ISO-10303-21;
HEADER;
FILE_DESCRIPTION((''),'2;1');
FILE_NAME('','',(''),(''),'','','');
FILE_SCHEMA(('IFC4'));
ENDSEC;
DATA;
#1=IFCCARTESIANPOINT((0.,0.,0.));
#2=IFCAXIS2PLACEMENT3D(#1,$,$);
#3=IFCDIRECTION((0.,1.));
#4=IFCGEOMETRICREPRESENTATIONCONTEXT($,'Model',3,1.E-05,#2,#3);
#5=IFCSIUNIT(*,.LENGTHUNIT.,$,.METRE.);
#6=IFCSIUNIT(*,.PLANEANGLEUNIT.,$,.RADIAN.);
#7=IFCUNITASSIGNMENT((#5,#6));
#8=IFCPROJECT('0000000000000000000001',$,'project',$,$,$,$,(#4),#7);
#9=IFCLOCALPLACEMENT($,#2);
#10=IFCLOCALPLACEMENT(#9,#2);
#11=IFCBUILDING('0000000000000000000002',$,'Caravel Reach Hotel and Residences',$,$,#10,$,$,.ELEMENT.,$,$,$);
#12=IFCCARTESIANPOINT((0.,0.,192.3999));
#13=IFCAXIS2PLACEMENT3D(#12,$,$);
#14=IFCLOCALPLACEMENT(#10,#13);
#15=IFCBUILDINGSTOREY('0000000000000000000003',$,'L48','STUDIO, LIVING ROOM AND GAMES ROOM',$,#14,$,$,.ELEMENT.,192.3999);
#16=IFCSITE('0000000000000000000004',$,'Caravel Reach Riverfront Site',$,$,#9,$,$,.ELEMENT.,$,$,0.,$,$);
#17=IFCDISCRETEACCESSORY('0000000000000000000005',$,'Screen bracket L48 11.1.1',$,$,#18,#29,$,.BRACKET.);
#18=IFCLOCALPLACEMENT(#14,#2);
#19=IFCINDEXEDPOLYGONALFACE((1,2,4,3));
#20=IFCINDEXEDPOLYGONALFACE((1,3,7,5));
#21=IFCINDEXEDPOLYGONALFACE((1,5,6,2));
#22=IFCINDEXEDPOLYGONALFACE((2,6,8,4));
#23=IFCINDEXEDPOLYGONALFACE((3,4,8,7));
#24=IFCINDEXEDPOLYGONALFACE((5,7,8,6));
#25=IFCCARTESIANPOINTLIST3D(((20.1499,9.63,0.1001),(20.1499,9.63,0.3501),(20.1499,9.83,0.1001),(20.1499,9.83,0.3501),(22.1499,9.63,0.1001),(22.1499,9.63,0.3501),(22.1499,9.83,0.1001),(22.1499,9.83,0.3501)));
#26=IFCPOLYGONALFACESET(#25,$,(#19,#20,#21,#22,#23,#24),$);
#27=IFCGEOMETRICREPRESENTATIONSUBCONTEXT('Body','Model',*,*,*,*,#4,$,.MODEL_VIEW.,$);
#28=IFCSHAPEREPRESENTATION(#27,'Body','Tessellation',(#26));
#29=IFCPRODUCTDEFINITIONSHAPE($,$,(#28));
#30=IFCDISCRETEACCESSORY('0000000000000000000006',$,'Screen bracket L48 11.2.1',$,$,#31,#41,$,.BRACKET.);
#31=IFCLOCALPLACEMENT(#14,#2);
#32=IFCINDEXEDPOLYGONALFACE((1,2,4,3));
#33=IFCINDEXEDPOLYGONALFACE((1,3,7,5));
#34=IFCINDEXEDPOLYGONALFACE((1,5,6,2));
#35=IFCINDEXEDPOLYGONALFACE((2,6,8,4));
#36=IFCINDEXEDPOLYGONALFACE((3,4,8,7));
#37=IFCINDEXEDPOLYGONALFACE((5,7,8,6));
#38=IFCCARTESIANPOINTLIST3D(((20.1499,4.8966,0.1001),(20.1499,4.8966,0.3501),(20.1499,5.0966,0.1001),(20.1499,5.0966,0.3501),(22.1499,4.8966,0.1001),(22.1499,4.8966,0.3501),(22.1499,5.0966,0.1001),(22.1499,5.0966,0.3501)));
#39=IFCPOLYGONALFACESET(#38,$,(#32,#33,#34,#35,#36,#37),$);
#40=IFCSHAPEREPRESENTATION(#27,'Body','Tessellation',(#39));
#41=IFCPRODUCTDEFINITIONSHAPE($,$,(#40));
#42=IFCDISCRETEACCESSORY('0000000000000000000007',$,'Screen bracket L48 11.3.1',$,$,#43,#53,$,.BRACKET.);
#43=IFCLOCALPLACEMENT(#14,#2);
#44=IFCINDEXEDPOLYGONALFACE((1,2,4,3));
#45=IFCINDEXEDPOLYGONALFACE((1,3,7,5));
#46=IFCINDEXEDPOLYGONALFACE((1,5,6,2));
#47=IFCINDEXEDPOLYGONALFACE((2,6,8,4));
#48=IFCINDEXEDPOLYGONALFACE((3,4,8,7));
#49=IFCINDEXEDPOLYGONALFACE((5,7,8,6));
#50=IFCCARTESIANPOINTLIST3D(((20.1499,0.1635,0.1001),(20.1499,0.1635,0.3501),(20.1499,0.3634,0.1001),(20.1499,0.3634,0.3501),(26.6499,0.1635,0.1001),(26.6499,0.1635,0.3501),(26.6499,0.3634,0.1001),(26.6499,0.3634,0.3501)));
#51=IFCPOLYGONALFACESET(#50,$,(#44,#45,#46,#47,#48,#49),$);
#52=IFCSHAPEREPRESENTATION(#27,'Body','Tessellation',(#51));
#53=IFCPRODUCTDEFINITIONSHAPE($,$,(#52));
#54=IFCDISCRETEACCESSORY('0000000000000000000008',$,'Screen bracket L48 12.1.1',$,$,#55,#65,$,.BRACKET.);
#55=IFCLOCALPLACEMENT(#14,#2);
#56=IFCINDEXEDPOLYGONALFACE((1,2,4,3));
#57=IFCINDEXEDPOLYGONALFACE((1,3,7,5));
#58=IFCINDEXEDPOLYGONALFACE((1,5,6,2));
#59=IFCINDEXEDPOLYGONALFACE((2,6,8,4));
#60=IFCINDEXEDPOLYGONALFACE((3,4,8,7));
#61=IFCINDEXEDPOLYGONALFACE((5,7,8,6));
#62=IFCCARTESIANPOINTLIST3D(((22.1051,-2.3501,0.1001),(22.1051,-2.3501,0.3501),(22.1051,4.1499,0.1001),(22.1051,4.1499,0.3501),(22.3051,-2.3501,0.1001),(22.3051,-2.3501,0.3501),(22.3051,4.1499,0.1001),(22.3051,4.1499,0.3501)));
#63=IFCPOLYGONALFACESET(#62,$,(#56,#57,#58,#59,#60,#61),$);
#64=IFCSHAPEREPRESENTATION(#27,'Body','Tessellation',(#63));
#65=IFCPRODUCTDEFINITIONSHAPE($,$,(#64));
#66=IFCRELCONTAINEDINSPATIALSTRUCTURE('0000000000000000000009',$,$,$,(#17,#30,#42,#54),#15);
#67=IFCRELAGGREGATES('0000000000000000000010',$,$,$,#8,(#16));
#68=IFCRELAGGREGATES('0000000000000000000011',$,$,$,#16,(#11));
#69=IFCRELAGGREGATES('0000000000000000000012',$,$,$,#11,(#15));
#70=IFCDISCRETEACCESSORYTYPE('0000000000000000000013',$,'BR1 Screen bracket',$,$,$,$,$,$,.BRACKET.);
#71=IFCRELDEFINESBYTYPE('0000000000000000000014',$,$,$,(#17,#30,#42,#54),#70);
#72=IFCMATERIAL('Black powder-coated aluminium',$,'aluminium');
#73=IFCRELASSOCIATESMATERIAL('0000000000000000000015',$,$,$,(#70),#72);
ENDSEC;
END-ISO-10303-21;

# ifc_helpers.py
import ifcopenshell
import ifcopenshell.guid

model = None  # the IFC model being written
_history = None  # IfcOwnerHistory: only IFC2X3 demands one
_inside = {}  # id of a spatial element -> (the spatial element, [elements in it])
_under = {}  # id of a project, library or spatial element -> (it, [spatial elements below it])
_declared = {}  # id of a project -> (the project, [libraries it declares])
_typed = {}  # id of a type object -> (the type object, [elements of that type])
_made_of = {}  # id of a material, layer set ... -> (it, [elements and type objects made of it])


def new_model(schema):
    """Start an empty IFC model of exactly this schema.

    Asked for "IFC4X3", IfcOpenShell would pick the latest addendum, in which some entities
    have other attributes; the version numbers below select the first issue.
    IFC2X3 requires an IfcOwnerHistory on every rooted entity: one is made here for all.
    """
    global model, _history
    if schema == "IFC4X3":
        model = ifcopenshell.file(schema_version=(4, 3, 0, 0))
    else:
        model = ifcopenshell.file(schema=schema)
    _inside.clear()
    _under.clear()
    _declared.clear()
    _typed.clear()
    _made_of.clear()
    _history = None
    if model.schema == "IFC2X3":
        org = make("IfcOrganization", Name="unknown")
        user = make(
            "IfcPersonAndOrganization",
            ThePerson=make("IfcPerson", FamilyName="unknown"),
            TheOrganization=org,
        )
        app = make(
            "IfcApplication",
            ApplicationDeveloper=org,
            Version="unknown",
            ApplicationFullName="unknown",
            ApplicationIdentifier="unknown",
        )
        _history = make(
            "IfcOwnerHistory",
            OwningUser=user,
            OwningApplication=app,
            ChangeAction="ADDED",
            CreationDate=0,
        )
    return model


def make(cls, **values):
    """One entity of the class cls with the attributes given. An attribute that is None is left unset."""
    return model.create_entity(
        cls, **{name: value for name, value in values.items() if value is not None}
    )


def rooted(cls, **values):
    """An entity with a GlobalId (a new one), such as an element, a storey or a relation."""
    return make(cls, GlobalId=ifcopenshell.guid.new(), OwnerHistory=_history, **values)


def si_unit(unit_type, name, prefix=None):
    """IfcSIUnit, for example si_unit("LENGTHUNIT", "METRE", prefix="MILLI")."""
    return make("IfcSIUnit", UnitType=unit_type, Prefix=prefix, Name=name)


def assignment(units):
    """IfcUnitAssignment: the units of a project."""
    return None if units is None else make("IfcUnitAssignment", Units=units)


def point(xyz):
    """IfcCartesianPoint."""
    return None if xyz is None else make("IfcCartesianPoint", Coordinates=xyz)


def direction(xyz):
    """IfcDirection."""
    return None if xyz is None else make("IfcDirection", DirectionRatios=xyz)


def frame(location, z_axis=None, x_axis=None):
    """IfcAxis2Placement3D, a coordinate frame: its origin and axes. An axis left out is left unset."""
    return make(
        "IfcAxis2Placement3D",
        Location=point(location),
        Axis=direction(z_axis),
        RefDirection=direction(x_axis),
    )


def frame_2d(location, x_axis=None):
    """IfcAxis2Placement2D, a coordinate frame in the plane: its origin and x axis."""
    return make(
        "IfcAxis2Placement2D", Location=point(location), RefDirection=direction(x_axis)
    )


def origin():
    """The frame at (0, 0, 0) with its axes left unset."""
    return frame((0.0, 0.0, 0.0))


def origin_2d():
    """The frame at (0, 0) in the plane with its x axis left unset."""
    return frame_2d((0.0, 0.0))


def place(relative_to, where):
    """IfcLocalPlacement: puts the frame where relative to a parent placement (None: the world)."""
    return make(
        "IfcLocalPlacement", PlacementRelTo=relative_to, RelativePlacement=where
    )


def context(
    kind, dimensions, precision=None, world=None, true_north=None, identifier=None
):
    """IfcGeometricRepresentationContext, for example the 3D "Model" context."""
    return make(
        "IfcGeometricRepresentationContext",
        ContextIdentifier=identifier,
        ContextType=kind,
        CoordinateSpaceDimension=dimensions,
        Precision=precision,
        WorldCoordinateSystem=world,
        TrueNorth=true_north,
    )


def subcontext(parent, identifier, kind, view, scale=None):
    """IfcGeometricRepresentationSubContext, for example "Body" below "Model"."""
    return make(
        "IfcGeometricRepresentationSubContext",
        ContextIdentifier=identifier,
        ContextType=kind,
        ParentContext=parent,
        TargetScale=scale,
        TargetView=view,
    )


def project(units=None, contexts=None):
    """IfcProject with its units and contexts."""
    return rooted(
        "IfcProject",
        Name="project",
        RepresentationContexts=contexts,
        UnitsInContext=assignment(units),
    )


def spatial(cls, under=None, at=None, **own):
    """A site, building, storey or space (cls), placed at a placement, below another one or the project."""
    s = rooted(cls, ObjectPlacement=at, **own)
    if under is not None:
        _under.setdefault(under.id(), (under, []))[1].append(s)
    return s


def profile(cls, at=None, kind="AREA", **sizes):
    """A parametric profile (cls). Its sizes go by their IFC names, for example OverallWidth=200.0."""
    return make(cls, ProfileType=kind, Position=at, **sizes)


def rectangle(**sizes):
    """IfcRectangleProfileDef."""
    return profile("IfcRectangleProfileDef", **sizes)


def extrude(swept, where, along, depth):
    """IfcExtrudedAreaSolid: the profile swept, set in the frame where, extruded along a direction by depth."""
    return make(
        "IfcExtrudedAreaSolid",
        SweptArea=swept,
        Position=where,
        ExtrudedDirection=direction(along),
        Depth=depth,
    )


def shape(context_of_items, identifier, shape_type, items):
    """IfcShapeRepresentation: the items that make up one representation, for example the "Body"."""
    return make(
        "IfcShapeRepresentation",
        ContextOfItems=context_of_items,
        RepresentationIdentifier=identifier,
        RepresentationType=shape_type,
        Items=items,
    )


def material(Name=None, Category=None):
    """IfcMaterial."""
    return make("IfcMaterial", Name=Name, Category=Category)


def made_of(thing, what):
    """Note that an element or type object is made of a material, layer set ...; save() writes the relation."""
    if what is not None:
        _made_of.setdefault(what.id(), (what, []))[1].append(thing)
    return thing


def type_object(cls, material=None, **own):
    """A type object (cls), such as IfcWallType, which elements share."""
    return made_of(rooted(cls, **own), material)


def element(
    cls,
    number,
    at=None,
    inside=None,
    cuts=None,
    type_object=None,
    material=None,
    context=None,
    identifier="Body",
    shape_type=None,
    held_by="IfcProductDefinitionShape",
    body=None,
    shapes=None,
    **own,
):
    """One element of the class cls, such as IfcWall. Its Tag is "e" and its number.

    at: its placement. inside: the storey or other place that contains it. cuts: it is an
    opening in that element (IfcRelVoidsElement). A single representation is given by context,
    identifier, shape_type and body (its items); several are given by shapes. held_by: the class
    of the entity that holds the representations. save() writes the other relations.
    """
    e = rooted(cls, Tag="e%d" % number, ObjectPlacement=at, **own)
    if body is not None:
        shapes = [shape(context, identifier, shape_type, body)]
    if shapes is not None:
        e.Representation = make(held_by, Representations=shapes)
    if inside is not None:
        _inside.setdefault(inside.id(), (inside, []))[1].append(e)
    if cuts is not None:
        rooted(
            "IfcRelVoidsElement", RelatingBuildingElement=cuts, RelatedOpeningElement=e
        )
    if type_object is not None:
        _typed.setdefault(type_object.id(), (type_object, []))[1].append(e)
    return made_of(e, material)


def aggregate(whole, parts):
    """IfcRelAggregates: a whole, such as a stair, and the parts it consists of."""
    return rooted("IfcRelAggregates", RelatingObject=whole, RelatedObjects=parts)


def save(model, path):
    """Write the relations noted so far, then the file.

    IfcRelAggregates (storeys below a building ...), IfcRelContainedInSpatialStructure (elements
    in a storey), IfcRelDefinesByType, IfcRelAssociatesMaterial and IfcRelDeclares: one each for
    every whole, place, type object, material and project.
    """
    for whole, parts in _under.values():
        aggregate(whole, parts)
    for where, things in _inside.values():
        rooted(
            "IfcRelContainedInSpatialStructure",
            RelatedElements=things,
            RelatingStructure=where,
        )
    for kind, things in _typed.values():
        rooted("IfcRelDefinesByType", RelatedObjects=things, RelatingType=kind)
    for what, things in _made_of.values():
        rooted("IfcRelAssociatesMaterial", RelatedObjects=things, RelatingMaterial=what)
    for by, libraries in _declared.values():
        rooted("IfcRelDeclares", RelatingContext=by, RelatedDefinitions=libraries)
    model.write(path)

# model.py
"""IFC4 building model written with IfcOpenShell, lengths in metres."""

from ifc_helpers import new_model, si_unit, direction, frame, origin, origin_2d, place, context, subcontext, project, spatial, rectangle, extrude, material, type_object, element, save


model = new_model("IFC4")

# Units and contexts
model_context = context("Model", 3, precision=1e-05, world=origin(), true_north=direction((0.0, 1.0)))
body_context = subcontext(model_context, "Body", "Model", "MODEL_VIEW")
ifc_project = project(units=[si_unit("LENGTHUNIT", "METRE"), si_unit("PLANEANGLEUNIT", "RADIAN")], contexts=[model_context])

# Site, building, storey
site_placement = place(None, origin())
site = spatial("IfcSite", under=ifc_project, at=site_placement, Name="Caravel Reach Riverfront Site", CompositionType="ELEMENT", RefElevation=0.0)
building_placement = place(site_placement, origin())
building = spatial("IfcBuilding", under=site, at=building_placement, Name="Caravel Reach Hotel and Residences", CompositionType="ELEMENT")
storey_placement = place(building_placement, frame((0.0, 0.0, 192.3999)))
storey = spatial("IfcBuildingStorey", under=building, at=storey_placement, Name="L48", Description="STUDIO, LIVING ROOM AND GAMES ROOM", CompositionType="ELEMENT", Elevation=192.3999)

# Discrete accessories
ifc_material_1 = material(Name="Black powder-coated aluminium", Category="aluminium")
discrete_accessory_type = type_object("IfcDiscreteAccessoryType", Name="BR1 Screen bracket", PredefinedType="BRACKET", material=ifc_material_1)
for number, where, z_axis, x_axis, name in (
    (1, (21.1499, 9.73, 0.1001), (0.0, 0.0, 1.0), (-1.0, 0.0, 0.0), "Screen bracket L48 11.1.1"),
    (2, (21.1499, 4.9966, 0.1001), (0.0, 0.0, 1.0), (-1.0, 0.0, 0.0), "Screen bracket L48 11.2.1"),
):
    element("IfcDiscreteAccessory", number, at=place(storey_placement, frame(where, z_axis=z_axis, x_axis=x_axis)), inside=storey, type_object=discrete_accessory_type, Name=name, PredefinedType="BRACKET", context=body_context, shape_type="SweptSolid", body=[
        extrude(rectangle(XDim=2.0, YDim=0.2, at=origin_2d()), origin(), (0.0, 0.0, 1.0), 0.25),
    ])
for number, where, z_axis, x_axis, name in (
    (3, (23.3999, 0.2634, 0.1001), (0.0, 0.0, 1.0), (-1.0, 0.0, 0.0), "Screen bracket L48 11.3.1"),
    (4, (22.2051, 0.8999, 0.1001), (0.0, 0.0, 1.0), (0.0, -1.0, 0.0), "Screen bracket L48 12.1.1"),
):
    element("IfcDiscreteAccessory", number, at=place(storey_placement, frame(where, z_axis=z_axis, x_axis=x_axis)), inside=storey, type_object=discrete_accessory_type, Name=name, PredefinedType="BRACKET", context=body_context, shape_type="SweptSolid", body=[
        extrude(rectangle(XDim=6.5, YDim=0.2, at=origin_2d()), origin(), (0.0, 0.0, 1.0), 0.25),
    ])

save(model, "model.ifc")
